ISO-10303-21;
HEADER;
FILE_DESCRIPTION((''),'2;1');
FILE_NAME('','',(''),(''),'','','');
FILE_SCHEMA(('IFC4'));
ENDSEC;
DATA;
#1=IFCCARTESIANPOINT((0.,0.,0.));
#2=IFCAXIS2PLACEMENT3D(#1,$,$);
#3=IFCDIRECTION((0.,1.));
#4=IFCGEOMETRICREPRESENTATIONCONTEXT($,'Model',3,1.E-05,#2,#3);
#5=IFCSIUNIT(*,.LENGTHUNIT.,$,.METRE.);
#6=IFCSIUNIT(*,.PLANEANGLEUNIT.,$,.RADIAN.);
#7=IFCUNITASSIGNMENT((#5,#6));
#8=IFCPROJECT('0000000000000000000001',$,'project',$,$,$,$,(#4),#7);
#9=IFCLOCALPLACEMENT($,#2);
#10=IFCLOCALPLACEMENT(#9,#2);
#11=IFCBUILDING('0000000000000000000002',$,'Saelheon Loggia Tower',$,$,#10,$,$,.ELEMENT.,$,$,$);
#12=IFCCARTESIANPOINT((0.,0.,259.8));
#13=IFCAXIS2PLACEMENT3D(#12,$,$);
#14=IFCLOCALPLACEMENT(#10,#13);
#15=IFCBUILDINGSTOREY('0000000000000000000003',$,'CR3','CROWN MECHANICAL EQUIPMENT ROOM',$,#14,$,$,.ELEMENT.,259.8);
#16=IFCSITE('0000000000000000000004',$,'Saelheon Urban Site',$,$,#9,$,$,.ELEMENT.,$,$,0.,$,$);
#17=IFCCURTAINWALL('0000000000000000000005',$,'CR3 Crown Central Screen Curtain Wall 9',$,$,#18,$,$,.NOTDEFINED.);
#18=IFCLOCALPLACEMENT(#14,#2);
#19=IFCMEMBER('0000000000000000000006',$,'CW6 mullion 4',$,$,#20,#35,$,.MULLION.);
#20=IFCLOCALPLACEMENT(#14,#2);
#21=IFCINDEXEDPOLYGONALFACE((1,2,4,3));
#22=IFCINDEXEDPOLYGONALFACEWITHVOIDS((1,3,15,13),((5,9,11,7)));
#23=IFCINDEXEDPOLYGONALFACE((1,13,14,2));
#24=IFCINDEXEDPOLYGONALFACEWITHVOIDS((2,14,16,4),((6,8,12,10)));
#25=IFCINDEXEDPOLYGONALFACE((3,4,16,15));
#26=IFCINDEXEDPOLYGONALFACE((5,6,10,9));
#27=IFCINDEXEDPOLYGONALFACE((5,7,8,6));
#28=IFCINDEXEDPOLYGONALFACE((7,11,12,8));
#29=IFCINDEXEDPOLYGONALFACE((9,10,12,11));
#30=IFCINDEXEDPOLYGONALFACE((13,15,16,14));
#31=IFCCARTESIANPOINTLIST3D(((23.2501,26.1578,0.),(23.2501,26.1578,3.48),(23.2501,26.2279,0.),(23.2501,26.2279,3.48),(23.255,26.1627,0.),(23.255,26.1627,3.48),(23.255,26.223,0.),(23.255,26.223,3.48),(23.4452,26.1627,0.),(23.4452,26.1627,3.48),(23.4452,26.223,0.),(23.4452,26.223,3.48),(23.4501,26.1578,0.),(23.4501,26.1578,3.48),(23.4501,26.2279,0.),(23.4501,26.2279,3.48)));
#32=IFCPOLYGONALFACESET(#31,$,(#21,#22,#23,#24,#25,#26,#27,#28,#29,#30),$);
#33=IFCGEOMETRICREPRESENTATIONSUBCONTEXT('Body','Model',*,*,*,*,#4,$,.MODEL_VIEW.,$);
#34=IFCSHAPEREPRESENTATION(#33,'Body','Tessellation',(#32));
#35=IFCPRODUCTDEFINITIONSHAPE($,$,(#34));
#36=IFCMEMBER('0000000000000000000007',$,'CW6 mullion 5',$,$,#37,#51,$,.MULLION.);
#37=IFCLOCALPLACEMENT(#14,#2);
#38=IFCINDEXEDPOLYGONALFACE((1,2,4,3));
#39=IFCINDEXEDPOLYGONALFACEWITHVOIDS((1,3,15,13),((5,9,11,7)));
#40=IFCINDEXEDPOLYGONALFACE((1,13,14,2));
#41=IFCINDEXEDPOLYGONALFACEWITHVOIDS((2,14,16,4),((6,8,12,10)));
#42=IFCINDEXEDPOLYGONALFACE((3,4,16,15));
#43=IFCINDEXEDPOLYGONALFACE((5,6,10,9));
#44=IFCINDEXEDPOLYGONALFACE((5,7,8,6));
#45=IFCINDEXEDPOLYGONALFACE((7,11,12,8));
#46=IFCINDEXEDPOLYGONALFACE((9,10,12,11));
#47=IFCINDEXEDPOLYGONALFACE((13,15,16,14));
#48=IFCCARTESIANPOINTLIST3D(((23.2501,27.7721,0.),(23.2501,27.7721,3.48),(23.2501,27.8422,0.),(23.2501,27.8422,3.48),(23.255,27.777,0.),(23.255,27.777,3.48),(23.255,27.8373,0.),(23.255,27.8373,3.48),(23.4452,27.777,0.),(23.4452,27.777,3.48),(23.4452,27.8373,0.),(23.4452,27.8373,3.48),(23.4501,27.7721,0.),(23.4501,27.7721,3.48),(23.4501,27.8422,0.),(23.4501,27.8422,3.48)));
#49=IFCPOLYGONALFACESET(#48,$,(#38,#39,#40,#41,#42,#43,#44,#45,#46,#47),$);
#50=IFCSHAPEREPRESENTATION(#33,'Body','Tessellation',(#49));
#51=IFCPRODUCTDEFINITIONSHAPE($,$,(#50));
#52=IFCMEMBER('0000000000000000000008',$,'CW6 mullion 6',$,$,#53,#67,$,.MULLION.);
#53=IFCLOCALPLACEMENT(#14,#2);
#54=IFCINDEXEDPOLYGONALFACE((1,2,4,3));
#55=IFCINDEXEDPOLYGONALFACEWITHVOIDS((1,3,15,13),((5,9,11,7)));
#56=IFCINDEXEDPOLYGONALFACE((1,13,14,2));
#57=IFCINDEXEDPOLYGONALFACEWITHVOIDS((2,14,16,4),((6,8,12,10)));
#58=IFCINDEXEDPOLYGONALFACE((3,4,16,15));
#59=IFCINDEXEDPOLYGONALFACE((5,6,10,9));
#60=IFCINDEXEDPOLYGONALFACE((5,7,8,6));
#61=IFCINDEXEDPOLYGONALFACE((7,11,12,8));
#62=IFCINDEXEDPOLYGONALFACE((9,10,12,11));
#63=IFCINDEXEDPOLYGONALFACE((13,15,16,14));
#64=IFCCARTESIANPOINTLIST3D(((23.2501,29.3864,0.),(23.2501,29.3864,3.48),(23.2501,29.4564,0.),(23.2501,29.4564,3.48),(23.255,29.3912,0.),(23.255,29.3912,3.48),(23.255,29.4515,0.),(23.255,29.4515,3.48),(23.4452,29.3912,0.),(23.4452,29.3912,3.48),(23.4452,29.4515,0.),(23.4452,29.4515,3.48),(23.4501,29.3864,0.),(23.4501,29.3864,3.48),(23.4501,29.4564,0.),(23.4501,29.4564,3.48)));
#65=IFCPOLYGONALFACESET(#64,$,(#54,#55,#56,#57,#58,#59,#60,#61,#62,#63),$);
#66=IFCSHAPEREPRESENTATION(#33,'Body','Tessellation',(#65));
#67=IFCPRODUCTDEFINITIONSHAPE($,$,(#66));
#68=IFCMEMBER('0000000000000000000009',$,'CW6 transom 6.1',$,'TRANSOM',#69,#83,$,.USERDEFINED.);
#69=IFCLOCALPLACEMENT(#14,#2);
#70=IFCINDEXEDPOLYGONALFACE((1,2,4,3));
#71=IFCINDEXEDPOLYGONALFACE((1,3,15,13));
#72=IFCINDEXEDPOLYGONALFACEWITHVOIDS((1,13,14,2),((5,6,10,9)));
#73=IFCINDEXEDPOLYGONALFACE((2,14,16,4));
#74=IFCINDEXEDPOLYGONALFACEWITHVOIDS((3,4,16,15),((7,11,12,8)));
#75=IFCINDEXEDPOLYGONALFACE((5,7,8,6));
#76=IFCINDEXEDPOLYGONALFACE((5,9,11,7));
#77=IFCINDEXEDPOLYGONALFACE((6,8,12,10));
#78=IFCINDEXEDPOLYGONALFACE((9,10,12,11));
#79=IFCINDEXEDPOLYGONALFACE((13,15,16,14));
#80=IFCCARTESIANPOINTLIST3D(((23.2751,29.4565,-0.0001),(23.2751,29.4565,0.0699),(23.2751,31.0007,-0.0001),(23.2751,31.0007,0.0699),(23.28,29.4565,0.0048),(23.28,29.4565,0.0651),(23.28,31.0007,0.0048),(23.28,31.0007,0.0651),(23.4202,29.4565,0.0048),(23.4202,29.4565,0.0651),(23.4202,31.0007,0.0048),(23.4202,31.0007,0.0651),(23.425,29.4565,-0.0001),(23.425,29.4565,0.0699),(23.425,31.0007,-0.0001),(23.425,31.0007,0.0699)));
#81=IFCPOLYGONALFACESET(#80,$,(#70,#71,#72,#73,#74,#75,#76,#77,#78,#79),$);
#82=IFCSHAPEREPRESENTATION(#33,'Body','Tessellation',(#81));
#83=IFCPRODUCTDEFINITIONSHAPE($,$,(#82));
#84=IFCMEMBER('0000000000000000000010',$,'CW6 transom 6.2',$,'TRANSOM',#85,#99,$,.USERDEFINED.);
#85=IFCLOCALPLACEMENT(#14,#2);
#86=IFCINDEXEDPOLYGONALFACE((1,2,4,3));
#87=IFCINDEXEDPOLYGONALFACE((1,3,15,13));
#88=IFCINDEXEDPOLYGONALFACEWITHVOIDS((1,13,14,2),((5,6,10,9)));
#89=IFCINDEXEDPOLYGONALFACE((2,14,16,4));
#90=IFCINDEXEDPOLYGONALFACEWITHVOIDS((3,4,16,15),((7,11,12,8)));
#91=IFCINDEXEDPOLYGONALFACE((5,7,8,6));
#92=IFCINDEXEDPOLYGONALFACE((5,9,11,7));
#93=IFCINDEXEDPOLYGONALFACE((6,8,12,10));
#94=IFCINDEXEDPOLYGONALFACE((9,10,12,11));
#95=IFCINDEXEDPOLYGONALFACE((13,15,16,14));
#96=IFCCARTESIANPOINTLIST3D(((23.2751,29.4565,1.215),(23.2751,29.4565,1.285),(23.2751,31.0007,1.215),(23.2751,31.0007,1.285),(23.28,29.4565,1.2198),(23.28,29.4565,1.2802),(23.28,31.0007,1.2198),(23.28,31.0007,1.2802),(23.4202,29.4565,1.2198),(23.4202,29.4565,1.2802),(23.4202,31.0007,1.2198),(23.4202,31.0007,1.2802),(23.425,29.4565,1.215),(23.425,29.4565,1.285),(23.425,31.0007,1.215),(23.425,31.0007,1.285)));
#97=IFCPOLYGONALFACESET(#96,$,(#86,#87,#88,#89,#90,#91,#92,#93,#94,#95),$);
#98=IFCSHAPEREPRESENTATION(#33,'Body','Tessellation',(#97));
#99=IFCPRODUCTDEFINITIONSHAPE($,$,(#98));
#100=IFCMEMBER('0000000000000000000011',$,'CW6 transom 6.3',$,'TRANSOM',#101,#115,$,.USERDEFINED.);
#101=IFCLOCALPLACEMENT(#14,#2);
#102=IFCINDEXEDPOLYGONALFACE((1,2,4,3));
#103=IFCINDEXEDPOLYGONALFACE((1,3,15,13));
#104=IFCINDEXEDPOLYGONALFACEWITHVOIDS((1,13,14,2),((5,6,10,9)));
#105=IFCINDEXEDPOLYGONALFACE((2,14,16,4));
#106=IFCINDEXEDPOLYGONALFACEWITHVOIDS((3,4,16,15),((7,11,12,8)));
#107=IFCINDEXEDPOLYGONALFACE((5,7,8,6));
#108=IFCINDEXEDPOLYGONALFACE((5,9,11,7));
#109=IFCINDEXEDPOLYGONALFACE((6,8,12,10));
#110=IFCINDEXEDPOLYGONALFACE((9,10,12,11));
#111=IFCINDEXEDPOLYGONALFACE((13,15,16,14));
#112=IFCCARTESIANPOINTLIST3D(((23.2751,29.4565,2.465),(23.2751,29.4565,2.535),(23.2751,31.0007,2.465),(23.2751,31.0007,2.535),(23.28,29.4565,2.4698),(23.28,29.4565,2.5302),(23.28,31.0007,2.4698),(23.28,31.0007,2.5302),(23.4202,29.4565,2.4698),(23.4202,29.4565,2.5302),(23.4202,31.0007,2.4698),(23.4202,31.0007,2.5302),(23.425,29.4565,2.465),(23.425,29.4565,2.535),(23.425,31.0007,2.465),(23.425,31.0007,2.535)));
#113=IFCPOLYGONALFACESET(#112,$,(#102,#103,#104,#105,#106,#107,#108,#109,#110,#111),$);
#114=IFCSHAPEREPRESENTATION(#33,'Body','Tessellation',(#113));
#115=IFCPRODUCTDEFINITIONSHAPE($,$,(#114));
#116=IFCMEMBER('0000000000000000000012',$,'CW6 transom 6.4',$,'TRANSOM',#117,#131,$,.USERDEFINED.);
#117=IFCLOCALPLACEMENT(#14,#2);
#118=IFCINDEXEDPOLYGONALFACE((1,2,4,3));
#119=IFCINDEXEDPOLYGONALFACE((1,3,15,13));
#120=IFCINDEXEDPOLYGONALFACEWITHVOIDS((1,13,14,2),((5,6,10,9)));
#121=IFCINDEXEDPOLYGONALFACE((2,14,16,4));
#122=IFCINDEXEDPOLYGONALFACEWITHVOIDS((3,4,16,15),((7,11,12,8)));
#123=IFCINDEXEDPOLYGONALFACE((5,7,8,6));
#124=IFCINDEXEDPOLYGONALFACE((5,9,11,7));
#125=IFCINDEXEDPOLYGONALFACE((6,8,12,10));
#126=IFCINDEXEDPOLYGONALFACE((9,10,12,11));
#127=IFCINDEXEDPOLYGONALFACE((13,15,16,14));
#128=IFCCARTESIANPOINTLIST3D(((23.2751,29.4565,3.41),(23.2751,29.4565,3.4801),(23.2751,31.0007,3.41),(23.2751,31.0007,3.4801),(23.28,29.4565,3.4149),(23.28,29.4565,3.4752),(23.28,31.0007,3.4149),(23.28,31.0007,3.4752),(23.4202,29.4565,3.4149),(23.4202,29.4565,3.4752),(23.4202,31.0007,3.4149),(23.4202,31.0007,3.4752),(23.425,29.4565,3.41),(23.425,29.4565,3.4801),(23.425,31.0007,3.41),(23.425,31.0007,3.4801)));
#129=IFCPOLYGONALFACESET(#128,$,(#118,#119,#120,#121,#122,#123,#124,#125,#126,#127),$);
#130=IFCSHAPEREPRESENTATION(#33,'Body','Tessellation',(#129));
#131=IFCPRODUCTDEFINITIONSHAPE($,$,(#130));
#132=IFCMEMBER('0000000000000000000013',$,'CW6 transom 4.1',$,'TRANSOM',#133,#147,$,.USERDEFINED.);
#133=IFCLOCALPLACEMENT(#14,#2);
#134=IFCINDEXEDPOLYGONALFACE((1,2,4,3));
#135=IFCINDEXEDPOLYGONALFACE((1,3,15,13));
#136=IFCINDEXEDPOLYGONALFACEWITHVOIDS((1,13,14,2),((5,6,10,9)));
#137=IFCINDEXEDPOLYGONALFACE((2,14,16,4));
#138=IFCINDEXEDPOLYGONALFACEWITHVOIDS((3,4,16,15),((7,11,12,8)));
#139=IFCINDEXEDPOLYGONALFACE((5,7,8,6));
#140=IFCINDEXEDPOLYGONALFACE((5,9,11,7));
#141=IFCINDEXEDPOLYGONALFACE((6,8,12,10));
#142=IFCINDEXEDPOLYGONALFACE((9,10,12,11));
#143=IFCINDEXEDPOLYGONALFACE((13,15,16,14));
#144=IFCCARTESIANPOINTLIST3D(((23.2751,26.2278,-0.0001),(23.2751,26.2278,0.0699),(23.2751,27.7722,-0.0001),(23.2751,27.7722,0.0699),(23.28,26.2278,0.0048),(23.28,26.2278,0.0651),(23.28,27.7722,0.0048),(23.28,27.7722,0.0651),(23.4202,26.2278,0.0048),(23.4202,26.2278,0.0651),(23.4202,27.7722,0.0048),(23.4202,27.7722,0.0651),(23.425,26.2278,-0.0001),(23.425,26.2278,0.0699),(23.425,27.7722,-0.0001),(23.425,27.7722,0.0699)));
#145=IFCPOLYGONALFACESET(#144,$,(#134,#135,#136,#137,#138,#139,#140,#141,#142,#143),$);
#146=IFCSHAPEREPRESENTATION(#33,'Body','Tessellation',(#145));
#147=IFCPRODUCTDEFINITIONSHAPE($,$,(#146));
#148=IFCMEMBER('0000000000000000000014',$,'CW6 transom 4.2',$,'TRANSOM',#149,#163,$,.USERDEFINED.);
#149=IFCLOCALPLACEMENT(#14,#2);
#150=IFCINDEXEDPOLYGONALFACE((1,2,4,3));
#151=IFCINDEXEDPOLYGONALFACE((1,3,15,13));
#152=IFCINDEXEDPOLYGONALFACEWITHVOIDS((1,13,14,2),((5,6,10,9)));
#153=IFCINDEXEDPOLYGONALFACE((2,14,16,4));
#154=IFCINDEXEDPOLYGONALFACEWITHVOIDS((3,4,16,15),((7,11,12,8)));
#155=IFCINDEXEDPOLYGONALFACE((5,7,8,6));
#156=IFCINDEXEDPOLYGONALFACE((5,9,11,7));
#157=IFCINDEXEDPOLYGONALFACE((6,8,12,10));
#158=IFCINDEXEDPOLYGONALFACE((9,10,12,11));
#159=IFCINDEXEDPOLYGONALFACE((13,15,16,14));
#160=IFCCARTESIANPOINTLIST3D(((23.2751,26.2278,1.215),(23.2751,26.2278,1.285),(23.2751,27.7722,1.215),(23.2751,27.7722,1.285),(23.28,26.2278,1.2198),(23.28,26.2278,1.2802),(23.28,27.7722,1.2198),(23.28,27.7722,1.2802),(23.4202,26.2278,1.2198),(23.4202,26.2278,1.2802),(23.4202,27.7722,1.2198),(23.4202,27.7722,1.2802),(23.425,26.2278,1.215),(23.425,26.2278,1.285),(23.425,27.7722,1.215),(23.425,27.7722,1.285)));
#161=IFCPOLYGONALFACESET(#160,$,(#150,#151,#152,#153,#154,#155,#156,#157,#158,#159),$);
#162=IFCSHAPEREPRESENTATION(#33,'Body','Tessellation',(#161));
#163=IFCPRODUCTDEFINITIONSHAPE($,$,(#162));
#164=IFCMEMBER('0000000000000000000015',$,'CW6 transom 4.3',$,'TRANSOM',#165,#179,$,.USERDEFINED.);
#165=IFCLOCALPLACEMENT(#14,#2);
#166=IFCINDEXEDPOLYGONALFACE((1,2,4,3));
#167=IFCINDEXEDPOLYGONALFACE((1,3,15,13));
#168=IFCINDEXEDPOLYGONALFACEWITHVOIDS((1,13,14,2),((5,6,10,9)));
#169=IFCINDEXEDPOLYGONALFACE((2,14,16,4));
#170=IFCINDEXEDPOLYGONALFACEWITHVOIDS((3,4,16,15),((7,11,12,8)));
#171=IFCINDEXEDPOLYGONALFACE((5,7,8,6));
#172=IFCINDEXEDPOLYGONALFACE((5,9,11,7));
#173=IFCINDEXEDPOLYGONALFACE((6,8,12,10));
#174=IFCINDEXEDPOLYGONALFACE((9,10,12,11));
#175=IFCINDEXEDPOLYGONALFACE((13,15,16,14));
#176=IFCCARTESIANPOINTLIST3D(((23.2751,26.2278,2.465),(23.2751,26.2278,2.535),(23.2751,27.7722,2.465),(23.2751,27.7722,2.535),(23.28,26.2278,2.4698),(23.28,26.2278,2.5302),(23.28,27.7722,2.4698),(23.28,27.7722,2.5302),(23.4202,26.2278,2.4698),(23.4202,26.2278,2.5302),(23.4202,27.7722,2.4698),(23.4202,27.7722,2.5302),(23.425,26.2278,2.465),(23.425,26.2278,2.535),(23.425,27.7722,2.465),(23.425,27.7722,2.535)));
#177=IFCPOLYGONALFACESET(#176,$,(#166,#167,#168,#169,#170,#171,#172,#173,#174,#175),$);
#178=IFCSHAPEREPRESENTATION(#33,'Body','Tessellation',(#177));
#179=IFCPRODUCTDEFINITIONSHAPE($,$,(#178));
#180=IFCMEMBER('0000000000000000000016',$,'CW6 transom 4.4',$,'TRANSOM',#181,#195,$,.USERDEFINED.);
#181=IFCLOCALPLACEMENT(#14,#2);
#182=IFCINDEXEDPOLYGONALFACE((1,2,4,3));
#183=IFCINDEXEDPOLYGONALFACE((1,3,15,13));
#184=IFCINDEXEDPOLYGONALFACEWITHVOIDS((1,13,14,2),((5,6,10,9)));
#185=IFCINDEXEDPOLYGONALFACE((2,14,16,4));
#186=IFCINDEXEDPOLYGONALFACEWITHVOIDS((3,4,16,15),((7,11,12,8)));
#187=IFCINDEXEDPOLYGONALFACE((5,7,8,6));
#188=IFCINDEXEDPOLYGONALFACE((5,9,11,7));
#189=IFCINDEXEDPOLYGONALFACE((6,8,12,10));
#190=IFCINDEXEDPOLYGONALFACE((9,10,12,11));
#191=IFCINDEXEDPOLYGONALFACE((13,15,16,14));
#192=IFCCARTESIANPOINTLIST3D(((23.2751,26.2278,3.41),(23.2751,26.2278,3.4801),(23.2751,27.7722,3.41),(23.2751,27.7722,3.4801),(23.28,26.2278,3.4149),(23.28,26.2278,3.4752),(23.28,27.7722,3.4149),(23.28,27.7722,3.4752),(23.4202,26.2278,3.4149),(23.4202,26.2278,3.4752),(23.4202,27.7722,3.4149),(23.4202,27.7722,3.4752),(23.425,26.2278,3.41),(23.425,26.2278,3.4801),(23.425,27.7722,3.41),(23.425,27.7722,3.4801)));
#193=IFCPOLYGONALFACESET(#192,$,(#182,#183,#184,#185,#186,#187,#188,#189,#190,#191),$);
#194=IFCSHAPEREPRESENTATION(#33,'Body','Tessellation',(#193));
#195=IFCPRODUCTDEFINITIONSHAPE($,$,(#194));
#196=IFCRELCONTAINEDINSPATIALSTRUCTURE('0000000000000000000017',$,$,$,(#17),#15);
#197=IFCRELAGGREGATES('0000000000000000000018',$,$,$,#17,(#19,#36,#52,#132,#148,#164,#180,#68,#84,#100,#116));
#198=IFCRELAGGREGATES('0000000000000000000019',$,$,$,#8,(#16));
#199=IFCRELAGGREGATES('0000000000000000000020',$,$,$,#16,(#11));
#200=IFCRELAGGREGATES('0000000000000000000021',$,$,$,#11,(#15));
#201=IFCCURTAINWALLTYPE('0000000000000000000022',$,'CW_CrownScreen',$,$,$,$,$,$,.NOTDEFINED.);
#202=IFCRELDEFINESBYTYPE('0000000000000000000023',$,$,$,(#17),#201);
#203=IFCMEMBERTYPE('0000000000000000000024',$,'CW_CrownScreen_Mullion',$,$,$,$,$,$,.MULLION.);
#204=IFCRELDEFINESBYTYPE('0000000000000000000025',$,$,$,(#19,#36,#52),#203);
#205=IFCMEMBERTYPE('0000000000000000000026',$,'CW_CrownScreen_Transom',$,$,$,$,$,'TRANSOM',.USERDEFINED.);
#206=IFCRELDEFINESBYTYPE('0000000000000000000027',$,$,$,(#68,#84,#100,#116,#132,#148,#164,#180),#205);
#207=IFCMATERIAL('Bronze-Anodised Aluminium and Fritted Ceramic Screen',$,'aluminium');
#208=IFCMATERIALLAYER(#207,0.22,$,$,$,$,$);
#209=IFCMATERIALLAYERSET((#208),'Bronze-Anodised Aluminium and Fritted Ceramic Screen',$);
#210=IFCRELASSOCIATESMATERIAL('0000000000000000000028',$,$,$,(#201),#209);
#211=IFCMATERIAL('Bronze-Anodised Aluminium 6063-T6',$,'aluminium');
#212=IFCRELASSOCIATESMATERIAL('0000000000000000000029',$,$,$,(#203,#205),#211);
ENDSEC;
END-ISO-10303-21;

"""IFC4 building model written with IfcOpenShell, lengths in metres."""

from ifc_helpers import new_model, si_unit, direction, frame, origin, origin_2d, place, context, subcontext, project, spatial, hollow_rectangle, extrude, source, transform, mapped, material, layer, layer_set, material_profile, profile_set, type_object, element, aggregate, save


model = new_model("IFC4")

# Units and contexts
model_context = context("Model", 3, precision=1e-05, world=origin(), true_north=direction((0.0, 1.0)))
body_context = subcontext(model_context, "Body", "Model", "MODEL_VIEW")
ifc_project = project(units=[si_unit("LENGTHUNIT", "METRE"), si_unit("PLANEANGLEUNIT", "RADIAN")], contexts=[model_context])

# Site, building, storey
site_placement = place(None, origin())
site = spatial("IfcSite", under=ifc_project, at=site_placement, Name="Saelheon Urban Site", CompositionType="ELEMENT", RefElevation=0.0)
building_placement = place(site_placement, origin())
building = spatial("IfcBuilding", under=site, at=building_placement, Name="Saelheon Loggia Tower", CompositionType="ELEMENT")
storey_placement = place(building_placement, frame((0.0, 0.0, 259.8)))
storey = spatial("IfcBuildingStorey", under=building, at=storey_placement, Name="CR3", Description="CROWN MECHANICAL EQUIPMENT ROOM", CompositionType="ELEMENT", Elevation=259.8)

# Curtain wall, members
ifc_material_1 = material(Name="Bronze-Anodised Aluminium and Fritted Ceramic Screen", Category="aluminium")
ifc_layer_1 = layer(ifc_material_1, 0.22)
ifc_layer_set_1 = layer_set([ifc_layer_1], Name="Bronze-Anodised Aluminium and Fritted Ceramic Screen")
curtain_wall_type = type_object("IfcCurtainWallType", Name="CW_CrownScreen", PredefinedType="NOTDEFINED", material=ifc_layer_set_1)
curtain_wall_placement = place(storey_placement, origin())
curtain_wall = element("IfcCurtainWall", 1, at=curtain_wall_placement, inside=storey, type_object=curtain_wall_type, Name="CR3 Crown Central Screen Curtain Wall 9", PredefinedType="NOTDEFINED")
ifc_material_2 = material(Name="Bronze-Anodised Aluminium 6063-T6", Category="aluminium")
ifc_material_profile_1 = material_profile(ifc_material_2, hollow_rectangle(XDim=0.0701, YDim=0.2, WallThickness=0.0049, at=origin_2d()), Name="RHS-200x70x5")
ifc_profile_set_1 = profile_set([ifc_material_profile_1], Name="Bronze-Anodised Aluminium 6063-T6")
member_type_1 = type_object("IfcMemberType", Name="CW_CrownScreen_Mullion", PredefinedType="MULLION", material=ifc_profile_set_1)
shared_shape_1 = source(origin(), body_context, "Body", "SweptSolid", [
    extrude(hollow_rectangle(XDim=0.0701, YDim=0.2, WallThickness=0.0049, at=origin_2d()), origin(), (0.0, 0.0, 1.0), 3.48),
])
member_1_placement = place(storey_placement, frame((23.3501, 26.1929, 0.0), z_axis=(0.0, 0.0, 1.0), x_axis=(0.0, 1.0, 0.0)))
member_1 = element("IfcMember", 2, at=member_1_placement, type_object=member_type_1, Name="CW6 mullion 4", PredefinedType="MULLION", context=body_context, shape_type="MappedRepresentation", body=[
    mapped(shared_shape_1, transform((0.0, 0.0, 0.0), scale=1.0)),
])
member_2_placement = place(storey_placement, frame((23.3501, 27.8071, 0.0), z_axis=(0.0, 0.0, 1.0), x_axis=(0.0, 1.0, 0.0)))
member_2 = element("IfcMember", 3, at=member_2_placement, type_object=member_type_1, Name="CW6 mullion 5", PredefinedType="MULLION", context=body_context, shape_type="MappedRepresentation", body=[
    mapped(shared_shape_1, transform((0.0, 0.0, 0.0), scale=1.0)),
])
member_3_placement = place(storey_placement, frame((23.3501, 29.4214, 0.0), z_axis=(0.0, 0.0, 1.0), x_axis=(0.0, 1.0, 0.0)))
member_3 = element("IfcMember", 4, at=member_3_placement, type_object=member_type_1, Name="CW6 mullion 6", PredefinedType="MULLION", context=body_context, shape_type="MappedRepresentation", body=[
    mapped(shared_shape_1, transform((0.0, 0.0, 0.0), scale=1.0)),
])
ifc_material_profile_2 = material_profile(ifc_material_2, hollow_rectangle(XDim=0.0701, YDim=0.1499, WallThickness=0.0049, at=origin_2d()), Name="RHS-150x70x5")
ifc_profile_set_2 = profile_set([ifc_material_profile_2], Name="Bronze-Anodised Aluminium 6063-T6")
member_type_2 = type_object("IfcMemberType", Name="CW_CrownScreen_Transom", ElementType="TRANSOM", PredefinedType="USERDEFINED", material=ifc_profile_set_2)
shared_shape_2 = source(origin(), body_context, "Body", "SweptSolid", [
    extrude(hollow_rectangle(XDim=0.0701, YDim=0.1499, WallThickness=0.0049, at=origin_2d()), origin(), (0.0, 0.0, 1.0), 1.5442),
])
member_4_placement = place(storey_placement, frame((23.3501, 29.4565, 0.0349), z_axis=(0.0, 1.0, 0.0), x_axis=(0.0, 0.0, 1.0)))
member_4 = element("IfcMember", 5, at=member_4_placement, type_object=member_type_2, Name="CW6 transom 6.1", ObjectType="TRANSOM", PredefinedType="USERDEFINED", context=body_context, shape_type="MappedRepresentation", body=[
    mapped(shared_shape_2, transform((0.0, 0.0, 0.0), scale=1.0)),
])
member_5_placement = place(storey_placement, frame((23.3501, 29.4565, 1.25), z_axis=(0.0, 1.0, 0.0), x_axis=(0.0, 0.0, 1.0)))
member_5 = element("IfcMember", 6, at=member_5_placement, type_object=member_type_2, Name="CW6 transom 6.2", ObjectType="TRANSOM", PredefinedType="USERDEFINED", context=body_context, shape_type="MappedRepresentation", body=[
    mapped(shared_shape_2, transform((0.0, 0.0, 0.0), scale=1.0)),
])
member_6_placement = place(storey_placement, frame((23.3501, 29.4565, 2.5), z_axis=(0.0, 1.0, 0.0), x_axis=(0.0, 0.0, 1.0)))
member_6 = element("IfcMember", 7, at=member_6_placement, type_object=member_type_2, Name="CW6 transom 6.3", ObjectType="TRANSOM", PredefinedType="USERDEFINED", context=body_context, shape_type="MappedRepresentation", body=[
    mapped(shared_shape_2, transform((0.0, 0.0, 0.0), scale=1.0)),
])
member_7_placement = place(storey_placement, frame((23.3501, 29.4565, 3.4451), z_axis=(0.0, 1.0, 0.0), x_axis=(0.0, 0.0, 1.0)))
member_7 = element("IfcMember", 8, at=member_7_placement, type_object=member_type_2, Name="CW6 transom 6.4", ObjectType="TRANSOM", PredefinedType="USERDEFINED", context=body_context, shape_type="MappedRepresentation", body=[
    mapped(shared_shape_2, transform((0.0, 0.0, 0.0), scale=1.0)),
])
shared_shape_3 = source(origin(), body_context, "Body", "SweptSolid", [
    extrude(hollow_rectangle(XDim=0.0701, YDim=0.1499, WallThickness=0.0049, at=origin_2d()), origin(), (0.0, 0.0, 1.0), 1.5444),
])
member_8_placement = place(storey_placement, frame((23.3501, 26.2278, 0.0349), z_axis=(0.0, 1.0, 0.0), x_axis=(0.0, 0.0, 1.0)))
member_8 = element("IfcMember", 9, at=member_8_placement, type_object=member_type_2, Name="CW6 transom 4.1", ObjectType="TRANSOM", PredefinedType="USERDEFINED", context=body_context, shape_type="MappedRepresentation", body=[
    mapped(shared_shape_3, transform((0.0, 0.0, 0.0), scale=1.0)),
])
member_9_placement = place(storey_placement, frame((23.3501, 26.2278, 1.25), z_axis=(0.0, 1.0, 0.0), x_axis=(0.0, 0.0, 1.0)))
member_9 = element("IfcMember", 10, at=member_9_placement, type_object=member_type_2, Name="CW6 transom 4.2", ObjectType="TRANSOM", PredefinedType="USERDEFINED", context=body_context, shape_type="MappedRepresentation", body=[
    mapped(shared_shape_3, transform((0.0, 0.0, 0.0), scale=1.0)),
])
member_10_placement = place(storey_placement, frame((23.3501, 26.2278, 2.5), z_axis=(0.0, 1.0, 0.0), x_axis=(0.0, 0.0, 1.0)))
member_10 = element("IfcMember", 11, at=member_10_placement, type_object=member_type_2, Name="CW6 transom 4.3", ObjectType="TRANSOM", PredefinedType="USERDEFINED", context=body_context, shape_type="MappedRepresentation", body=[
    mapped(shared_shape_3, transform((0.0, 0.0, 0.0), scale=1.0)),
])
member_11_placement = place(storey_placement, frame((23.3501, 26.2278, 3.4451), z_axis=(0.0, 1.0, 0.0), x_axis=(0.0, 0.0, 1.0)))
member_11 = element("IfcMember", 12, at=member_11_placement, type_object=member_type_2, Name="CW6 transom 4.4", ObjectType="TRANSOM", PredefinedType="USERDEFINED", context=body_context, shape_type="MappedRepresentation", body=[
    mapped(shared_shape_3, transform((0.0, 0.0, 0.0), scale=1.0)),
])
aggregate(curtain_wall, [member_1, member_2, member_3, member_8, member_9, member_10, member_11, member_4, member_5, member_6, member_7])

save(model, "model.ifc")
